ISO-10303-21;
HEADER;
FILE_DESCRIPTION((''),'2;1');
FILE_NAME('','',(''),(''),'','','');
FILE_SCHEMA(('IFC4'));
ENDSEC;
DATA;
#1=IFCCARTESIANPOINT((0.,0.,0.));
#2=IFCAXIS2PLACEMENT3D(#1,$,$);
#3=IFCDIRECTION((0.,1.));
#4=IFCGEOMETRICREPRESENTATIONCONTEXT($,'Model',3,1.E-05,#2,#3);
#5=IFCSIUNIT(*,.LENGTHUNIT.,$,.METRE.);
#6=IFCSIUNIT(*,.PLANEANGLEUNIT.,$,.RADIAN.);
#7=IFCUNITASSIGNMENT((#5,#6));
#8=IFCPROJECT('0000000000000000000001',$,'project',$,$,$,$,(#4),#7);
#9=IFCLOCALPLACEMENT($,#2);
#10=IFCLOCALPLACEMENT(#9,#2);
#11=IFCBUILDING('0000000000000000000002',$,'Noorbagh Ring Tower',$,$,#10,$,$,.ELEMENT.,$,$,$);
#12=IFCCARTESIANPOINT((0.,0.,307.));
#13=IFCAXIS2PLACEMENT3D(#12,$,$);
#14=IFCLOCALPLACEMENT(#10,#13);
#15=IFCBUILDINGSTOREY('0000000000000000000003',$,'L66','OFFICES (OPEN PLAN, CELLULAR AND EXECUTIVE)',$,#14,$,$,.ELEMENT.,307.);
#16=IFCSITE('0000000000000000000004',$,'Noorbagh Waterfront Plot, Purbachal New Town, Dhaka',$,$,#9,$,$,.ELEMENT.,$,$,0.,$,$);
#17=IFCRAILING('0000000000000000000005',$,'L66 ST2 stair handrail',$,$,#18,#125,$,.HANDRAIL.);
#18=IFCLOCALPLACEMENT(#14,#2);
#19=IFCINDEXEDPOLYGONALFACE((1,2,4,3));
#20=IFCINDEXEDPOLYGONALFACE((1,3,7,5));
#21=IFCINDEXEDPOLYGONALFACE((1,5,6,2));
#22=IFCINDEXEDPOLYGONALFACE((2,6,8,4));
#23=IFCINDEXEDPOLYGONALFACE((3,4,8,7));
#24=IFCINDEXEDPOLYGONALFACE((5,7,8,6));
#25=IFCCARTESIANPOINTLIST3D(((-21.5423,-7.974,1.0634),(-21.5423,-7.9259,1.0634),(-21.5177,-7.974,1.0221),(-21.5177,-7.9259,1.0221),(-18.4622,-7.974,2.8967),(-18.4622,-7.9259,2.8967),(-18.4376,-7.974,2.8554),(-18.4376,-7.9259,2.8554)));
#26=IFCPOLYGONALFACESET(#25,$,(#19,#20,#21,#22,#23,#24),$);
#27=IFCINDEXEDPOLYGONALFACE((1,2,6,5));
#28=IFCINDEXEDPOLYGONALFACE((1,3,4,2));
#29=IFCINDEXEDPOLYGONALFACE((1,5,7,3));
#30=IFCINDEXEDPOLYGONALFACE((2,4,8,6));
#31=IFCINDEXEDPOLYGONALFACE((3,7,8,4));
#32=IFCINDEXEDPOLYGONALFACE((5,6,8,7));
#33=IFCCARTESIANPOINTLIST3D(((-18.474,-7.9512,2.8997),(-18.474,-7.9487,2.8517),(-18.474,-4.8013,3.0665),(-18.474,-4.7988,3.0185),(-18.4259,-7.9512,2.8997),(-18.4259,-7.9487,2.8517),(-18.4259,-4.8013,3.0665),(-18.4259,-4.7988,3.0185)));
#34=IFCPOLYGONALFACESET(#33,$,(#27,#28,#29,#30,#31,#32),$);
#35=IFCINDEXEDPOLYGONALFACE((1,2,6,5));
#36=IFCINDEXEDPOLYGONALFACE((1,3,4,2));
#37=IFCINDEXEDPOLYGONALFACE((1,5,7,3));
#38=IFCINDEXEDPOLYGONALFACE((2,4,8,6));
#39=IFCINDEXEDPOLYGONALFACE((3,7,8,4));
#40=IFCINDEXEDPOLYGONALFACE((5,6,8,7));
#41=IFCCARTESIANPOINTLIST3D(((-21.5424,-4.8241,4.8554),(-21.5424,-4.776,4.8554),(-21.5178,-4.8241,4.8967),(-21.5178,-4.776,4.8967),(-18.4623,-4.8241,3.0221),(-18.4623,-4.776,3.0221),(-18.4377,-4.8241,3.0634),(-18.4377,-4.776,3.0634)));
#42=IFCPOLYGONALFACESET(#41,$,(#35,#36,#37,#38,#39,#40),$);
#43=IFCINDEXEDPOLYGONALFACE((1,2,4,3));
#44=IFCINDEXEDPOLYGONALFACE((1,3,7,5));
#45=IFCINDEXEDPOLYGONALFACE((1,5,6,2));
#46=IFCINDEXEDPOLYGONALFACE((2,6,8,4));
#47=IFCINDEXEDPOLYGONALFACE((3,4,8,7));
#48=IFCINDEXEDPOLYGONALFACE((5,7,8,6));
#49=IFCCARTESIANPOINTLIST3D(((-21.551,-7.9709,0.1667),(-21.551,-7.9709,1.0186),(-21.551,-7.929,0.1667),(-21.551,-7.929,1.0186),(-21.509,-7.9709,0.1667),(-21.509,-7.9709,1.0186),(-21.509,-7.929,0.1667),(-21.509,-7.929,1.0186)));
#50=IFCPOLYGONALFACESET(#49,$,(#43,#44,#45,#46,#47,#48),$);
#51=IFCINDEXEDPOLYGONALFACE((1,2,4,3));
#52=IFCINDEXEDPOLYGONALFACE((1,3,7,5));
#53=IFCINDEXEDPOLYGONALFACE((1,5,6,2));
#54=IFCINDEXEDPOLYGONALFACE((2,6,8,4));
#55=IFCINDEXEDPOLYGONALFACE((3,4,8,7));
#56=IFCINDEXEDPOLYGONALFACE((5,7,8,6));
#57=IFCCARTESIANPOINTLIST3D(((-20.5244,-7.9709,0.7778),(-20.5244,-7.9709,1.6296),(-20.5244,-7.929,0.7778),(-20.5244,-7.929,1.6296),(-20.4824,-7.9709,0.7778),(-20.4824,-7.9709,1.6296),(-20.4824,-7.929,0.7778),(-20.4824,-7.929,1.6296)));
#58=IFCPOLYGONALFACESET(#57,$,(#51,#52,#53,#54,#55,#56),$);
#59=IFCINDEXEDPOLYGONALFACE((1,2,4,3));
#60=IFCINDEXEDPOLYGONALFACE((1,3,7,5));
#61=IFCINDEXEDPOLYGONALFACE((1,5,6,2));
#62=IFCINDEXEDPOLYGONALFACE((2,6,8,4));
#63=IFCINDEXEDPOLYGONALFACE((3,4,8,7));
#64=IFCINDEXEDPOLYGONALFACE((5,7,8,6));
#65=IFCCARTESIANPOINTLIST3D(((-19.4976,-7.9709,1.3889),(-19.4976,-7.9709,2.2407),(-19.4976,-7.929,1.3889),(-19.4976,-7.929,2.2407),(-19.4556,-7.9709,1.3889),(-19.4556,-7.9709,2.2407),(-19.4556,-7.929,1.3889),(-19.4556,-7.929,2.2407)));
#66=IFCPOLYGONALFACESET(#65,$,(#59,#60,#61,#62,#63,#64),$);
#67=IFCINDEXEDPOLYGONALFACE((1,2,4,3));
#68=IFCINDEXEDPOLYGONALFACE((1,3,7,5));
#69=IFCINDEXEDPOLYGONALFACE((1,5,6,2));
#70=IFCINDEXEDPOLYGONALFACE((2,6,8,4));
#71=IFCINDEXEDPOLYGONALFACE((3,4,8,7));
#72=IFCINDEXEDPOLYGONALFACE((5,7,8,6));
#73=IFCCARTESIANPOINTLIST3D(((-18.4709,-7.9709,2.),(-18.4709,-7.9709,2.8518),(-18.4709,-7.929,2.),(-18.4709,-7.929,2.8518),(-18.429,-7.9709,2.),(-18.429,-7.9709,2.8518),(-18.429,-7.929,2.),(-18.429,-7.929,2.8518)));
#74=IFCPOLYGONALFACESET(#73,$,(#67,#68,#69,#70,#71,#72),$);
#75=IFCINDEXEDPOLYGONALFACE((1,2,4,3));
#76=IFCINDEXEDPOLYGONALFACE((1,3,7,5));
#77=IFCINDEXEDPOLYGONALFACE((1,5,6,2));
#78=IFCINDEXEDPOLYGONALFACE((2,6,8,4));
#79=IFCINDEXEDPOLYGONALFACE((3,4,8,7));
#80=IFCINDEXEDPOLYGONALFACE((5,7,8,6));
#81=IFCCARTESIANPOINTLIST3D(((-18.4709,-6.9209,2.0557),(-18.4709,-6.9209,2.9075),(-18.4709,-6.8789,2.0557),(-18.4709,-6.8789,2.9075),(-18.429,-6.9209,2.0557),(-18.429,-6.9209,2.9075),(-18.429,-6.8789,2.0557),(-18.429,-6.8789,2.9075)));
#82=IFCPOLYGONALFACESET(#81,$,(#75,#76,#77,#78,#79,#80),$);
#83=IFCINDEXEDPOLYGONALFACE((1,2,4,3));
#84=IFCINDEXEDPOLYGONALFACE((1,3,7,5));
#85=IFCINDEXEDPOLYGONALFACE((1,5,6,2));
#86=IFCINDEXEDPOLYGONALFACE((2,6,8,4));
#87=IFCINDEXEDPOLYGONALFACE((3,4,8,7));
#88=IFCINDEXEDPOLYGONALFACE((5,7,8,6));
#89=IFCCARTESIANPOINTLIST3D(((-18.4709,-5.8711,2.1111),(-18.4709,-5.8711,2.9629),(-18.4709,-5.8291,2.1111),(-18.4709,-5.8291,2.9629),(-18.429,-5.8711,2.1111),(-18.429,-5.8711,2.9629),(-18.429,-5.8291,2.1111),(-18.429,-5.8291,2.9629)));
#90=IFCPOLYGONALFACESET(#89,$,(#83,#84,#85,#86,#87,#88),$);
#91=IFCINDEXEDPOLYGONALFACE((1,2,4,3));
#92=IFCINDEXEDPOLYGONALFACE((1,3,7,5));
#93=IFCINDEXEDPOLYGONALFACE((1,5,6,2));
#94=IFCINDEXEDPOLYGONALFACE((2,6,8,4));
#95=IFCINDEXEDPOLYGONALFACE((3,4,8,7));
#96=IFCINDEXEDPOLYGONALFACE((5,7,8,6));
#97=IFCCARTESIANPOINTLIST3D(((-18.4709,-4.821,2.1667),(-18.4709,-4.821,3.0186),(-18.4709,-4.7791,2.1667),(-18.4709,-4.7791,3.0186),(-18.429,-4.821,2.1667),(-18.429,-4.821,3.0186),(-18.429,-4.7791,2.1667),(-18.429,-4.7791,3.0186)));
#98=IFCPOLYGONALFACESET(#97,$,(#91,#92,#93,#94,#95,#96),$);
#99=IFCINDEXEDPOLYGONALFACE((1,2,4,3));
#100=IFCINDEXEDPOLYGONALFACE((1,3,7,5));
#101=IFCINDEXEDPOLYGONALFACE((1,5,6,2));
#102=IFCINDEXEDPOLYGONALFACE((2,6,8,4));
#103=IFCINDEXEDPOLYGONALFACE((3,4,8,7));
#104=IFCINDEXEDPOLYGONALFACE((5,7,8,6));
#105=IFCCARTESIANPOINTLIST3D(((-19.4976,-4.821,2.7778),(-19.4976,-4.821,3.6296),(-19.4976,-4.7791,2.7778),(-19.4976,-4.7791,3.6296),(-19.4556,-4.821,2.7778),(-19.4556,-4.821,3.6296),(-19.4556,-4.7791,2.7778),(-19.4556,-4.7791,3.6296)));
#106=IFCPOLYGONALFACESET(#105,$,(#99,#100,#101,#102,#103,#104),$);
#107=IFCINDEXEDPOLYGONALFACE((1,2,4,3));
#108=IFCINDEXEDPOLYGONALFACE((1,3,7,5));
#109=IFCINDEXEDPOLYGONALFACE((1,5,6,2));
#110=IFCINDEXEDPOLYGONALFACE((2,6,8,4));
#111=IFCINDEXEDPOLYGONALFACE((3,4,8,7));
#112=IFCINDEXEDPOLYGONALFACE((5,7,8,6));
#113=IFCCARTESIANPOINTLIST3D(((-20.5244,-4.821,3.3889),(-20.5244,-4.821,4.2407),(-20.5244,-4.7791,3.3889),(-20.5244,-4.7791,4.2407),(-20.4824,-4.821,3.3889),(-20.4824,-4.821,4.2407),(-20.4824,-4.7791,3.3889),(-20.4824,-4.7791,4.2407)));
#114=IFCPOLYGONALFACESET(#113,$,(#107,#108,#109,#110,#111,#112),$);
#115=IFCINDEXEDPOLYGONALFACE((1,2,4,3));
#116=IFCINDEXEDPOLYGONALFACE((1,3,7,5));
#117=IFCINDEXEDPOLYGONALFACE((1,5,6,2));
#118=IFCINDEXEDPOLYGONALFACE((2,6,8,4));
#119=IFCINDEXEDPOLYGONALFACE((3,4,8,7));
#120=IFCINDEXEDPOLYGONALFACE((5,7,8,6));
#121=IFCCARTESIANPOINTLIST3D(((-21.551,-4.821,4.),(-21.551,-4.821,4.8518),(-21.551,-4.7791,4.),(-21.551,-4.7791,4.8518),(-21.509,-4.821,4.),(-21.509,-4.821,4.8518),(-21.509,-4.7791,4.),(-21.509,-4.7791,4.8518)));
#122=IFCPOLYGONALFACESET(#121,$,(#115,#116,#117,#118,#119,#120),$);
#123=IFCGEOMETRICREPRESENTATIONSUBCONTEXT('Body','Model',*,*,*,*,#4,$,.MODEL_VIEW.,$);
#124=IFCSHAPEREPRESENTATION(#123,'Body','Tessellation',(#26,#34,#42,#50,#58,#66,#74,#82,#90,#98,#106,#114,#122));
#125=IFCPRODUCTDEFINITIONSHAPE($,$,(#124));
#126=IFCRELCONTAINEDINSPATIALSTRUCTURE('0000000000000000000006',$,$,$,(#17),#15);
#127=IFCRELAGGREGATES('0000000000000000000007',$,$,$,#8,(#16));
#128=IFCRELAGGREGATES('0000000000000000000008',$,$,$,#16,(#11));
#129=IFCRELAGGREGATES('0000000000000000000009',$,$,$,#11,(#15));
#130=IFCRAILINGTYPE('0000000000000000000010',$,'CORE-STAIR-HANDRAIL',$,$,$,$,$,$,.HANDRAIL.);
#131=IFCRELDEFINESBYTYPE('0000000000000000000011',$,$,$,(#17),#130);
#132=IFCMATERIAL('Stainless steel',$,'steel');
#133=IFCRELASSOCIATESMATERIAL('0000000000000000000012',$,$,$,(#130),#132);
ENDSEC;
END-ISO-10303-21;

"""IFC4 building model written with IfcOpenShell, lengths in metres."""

from ifc_helpers import new_model, si_unit, direction, frame, origin, origin_2d, place, context, subcontext, project, spatial, rectangle, extrude, material, type_object, element, save


model = new_model("IFC4")

# Units and contexts
model_context = context("Model", 3, precision=1e-05, world=origin(), true_north=direction((0.0, 1.0)))
body_context = subcontext(model_context, "Body", "Model", "MODEL_VIEW")
ifc_project = project(units=[si_unit("LENGTHUNIT", "METRE"), si_unit("PLANEANGLEUNIT", "RADIAN")], contexts=[model_context])

# Site, building, storey
site_placement = place(None, origin())
site = spatial("IfcSite", under=ifc_project, at=site_placement, Name="Noorbagh Waterfront Plot, Purbachal New Town, Dhaka", CompositionType="ELEMENT", RefElevation=0.0)
building_placement = place(site_placement, origin())
building = spatial("IfcBuilding", under=site, at=building_placement, Name="Noorbagh Ring Tower", CompositionType="ELEMENT")
storey_placement = place(building_placement, frame((0.0, 0.0, 307.0)))
storey = spatial("IfcBuildingStorey", under=building, at=storey_placement, Name="L66", Description="OFFICES (OPEN PLAN, CELLULAR AND EXECUTIVE)", CompositionType="ELEMENT", Elevation=307.0)

# Railing
ifc_material_1 = material(Name="Stainless steel", Category="steel")
railing_type_1 = type_object("IfcRailingType", Name="CORE-STAIR-HANDRAIL", PredefinedType="HANDRAIL", material=ifc_material_1)
railing_1_placement = place(storey_placement, frame((-21.53, -7.95, 0.1667)))
element("IfcRailing", 1, at=railing_1_placement, inside=storey, type_object=railing_type_1, Name="L66 ST2 stair handrail", PredefinedType="HANDRAIL", context=body_context, shape_type="SweptSolid", body=[
    extrude(rectangle(XDim=0.0481, YDim=0.0481, at=origin_2d()), frame((0.0, 0.0, 0.876), z_axis=(0.859309, 0.0, 0.511458), x_axis=(0.0, 1.0, 0.0)), (0.0, 0.0, 1.0), 3.5845),
    extrude(rectangle(XDim=0.0481, YDim=0.0481, at=origin_2d()), frame((3.0801, 0.0, 2.709), z_axis=(0.0, 0.998602, 0.052864), x_axis=(-1.0, 0.0, 0.0)), (0.0, 0.0, 1.0), 3.1543),
    extrude(rectangle(XDim=0.0481, YDim=0.0481, at=origin_2d()), frame((3.0801, 3.1499, 2.876), z_axis=(-0.859309, 0.0, 0.511458), x_axis=(0.0, -1.0, 0.0)), (0.0, 0.0, 1.0), 3.5845),
    extrude(rectangle(XDim=0.042, YDim=0.042, at=origin_2d()), origin(), (0.0, 0.0, 1.0), 0.8518),
    extrude(rectangle(XDim=0.042, YDim=0.042, at=origin_2d()), frame((1.0266, 0.0, 0.6111)), (0.0, 0.0, 1.0), 0.8518),
    extrude(rectangle(XDim=0.042, YDim=0.042, at=origin_2d()), frame((2.0535, 0.0, 1.2222)), (0.0, 0.0, 1.0), 0.8518),
    extrude(rectangle(XDim=0.042, YDim=0.042, at=origin_2d()), frame((3.0801, 0.0, 1.8333)), (0.0, 0.0, 1.0), 0.8518),
    extrude(rectangle(XDim=0.042, YDim=0.042, at=origin_2d()), frame((3.0801, 1.05, 1.8889)), (0.0, 0.0, 1.0), 0.8518),
    extrude(rectangle(XDim=0.042, YDim=0.042, at=origin_2d()), frame((3.0801, 2.0999, 1.9443)), (0.0, 0.0, 1.0), 0.8518),
    extrude(rectangle(XDim=0.042, YDim=0.042, at=origin_2d()), frame((3.0801, 3.1499, 2.0)), (0.0, 0.0, 1.0), 0.8518),
    extrude(rectangle(XDim=0.042, YDim=0.042, at=origin_2d()), frame((2.0535, 3.1499, 2.6111)), (0.0, 0.0, 1.0), 0.8518),
    extrude(rectangle(XDim=0.042, YDim=0.042, at=origin_2d()), frame((1.0266, 3.1499, 3.2222)), (0.0, 0.0, 1.0), 0.8518),
    extrude(rectangle(XDim=0.042, YDim=0.042, at=origin_2d()), frame((0.0, 3.1499, 3.8333)), (0.0, 0.0, 1.0), 0.8518),
])

save(model, "model.ifc")
